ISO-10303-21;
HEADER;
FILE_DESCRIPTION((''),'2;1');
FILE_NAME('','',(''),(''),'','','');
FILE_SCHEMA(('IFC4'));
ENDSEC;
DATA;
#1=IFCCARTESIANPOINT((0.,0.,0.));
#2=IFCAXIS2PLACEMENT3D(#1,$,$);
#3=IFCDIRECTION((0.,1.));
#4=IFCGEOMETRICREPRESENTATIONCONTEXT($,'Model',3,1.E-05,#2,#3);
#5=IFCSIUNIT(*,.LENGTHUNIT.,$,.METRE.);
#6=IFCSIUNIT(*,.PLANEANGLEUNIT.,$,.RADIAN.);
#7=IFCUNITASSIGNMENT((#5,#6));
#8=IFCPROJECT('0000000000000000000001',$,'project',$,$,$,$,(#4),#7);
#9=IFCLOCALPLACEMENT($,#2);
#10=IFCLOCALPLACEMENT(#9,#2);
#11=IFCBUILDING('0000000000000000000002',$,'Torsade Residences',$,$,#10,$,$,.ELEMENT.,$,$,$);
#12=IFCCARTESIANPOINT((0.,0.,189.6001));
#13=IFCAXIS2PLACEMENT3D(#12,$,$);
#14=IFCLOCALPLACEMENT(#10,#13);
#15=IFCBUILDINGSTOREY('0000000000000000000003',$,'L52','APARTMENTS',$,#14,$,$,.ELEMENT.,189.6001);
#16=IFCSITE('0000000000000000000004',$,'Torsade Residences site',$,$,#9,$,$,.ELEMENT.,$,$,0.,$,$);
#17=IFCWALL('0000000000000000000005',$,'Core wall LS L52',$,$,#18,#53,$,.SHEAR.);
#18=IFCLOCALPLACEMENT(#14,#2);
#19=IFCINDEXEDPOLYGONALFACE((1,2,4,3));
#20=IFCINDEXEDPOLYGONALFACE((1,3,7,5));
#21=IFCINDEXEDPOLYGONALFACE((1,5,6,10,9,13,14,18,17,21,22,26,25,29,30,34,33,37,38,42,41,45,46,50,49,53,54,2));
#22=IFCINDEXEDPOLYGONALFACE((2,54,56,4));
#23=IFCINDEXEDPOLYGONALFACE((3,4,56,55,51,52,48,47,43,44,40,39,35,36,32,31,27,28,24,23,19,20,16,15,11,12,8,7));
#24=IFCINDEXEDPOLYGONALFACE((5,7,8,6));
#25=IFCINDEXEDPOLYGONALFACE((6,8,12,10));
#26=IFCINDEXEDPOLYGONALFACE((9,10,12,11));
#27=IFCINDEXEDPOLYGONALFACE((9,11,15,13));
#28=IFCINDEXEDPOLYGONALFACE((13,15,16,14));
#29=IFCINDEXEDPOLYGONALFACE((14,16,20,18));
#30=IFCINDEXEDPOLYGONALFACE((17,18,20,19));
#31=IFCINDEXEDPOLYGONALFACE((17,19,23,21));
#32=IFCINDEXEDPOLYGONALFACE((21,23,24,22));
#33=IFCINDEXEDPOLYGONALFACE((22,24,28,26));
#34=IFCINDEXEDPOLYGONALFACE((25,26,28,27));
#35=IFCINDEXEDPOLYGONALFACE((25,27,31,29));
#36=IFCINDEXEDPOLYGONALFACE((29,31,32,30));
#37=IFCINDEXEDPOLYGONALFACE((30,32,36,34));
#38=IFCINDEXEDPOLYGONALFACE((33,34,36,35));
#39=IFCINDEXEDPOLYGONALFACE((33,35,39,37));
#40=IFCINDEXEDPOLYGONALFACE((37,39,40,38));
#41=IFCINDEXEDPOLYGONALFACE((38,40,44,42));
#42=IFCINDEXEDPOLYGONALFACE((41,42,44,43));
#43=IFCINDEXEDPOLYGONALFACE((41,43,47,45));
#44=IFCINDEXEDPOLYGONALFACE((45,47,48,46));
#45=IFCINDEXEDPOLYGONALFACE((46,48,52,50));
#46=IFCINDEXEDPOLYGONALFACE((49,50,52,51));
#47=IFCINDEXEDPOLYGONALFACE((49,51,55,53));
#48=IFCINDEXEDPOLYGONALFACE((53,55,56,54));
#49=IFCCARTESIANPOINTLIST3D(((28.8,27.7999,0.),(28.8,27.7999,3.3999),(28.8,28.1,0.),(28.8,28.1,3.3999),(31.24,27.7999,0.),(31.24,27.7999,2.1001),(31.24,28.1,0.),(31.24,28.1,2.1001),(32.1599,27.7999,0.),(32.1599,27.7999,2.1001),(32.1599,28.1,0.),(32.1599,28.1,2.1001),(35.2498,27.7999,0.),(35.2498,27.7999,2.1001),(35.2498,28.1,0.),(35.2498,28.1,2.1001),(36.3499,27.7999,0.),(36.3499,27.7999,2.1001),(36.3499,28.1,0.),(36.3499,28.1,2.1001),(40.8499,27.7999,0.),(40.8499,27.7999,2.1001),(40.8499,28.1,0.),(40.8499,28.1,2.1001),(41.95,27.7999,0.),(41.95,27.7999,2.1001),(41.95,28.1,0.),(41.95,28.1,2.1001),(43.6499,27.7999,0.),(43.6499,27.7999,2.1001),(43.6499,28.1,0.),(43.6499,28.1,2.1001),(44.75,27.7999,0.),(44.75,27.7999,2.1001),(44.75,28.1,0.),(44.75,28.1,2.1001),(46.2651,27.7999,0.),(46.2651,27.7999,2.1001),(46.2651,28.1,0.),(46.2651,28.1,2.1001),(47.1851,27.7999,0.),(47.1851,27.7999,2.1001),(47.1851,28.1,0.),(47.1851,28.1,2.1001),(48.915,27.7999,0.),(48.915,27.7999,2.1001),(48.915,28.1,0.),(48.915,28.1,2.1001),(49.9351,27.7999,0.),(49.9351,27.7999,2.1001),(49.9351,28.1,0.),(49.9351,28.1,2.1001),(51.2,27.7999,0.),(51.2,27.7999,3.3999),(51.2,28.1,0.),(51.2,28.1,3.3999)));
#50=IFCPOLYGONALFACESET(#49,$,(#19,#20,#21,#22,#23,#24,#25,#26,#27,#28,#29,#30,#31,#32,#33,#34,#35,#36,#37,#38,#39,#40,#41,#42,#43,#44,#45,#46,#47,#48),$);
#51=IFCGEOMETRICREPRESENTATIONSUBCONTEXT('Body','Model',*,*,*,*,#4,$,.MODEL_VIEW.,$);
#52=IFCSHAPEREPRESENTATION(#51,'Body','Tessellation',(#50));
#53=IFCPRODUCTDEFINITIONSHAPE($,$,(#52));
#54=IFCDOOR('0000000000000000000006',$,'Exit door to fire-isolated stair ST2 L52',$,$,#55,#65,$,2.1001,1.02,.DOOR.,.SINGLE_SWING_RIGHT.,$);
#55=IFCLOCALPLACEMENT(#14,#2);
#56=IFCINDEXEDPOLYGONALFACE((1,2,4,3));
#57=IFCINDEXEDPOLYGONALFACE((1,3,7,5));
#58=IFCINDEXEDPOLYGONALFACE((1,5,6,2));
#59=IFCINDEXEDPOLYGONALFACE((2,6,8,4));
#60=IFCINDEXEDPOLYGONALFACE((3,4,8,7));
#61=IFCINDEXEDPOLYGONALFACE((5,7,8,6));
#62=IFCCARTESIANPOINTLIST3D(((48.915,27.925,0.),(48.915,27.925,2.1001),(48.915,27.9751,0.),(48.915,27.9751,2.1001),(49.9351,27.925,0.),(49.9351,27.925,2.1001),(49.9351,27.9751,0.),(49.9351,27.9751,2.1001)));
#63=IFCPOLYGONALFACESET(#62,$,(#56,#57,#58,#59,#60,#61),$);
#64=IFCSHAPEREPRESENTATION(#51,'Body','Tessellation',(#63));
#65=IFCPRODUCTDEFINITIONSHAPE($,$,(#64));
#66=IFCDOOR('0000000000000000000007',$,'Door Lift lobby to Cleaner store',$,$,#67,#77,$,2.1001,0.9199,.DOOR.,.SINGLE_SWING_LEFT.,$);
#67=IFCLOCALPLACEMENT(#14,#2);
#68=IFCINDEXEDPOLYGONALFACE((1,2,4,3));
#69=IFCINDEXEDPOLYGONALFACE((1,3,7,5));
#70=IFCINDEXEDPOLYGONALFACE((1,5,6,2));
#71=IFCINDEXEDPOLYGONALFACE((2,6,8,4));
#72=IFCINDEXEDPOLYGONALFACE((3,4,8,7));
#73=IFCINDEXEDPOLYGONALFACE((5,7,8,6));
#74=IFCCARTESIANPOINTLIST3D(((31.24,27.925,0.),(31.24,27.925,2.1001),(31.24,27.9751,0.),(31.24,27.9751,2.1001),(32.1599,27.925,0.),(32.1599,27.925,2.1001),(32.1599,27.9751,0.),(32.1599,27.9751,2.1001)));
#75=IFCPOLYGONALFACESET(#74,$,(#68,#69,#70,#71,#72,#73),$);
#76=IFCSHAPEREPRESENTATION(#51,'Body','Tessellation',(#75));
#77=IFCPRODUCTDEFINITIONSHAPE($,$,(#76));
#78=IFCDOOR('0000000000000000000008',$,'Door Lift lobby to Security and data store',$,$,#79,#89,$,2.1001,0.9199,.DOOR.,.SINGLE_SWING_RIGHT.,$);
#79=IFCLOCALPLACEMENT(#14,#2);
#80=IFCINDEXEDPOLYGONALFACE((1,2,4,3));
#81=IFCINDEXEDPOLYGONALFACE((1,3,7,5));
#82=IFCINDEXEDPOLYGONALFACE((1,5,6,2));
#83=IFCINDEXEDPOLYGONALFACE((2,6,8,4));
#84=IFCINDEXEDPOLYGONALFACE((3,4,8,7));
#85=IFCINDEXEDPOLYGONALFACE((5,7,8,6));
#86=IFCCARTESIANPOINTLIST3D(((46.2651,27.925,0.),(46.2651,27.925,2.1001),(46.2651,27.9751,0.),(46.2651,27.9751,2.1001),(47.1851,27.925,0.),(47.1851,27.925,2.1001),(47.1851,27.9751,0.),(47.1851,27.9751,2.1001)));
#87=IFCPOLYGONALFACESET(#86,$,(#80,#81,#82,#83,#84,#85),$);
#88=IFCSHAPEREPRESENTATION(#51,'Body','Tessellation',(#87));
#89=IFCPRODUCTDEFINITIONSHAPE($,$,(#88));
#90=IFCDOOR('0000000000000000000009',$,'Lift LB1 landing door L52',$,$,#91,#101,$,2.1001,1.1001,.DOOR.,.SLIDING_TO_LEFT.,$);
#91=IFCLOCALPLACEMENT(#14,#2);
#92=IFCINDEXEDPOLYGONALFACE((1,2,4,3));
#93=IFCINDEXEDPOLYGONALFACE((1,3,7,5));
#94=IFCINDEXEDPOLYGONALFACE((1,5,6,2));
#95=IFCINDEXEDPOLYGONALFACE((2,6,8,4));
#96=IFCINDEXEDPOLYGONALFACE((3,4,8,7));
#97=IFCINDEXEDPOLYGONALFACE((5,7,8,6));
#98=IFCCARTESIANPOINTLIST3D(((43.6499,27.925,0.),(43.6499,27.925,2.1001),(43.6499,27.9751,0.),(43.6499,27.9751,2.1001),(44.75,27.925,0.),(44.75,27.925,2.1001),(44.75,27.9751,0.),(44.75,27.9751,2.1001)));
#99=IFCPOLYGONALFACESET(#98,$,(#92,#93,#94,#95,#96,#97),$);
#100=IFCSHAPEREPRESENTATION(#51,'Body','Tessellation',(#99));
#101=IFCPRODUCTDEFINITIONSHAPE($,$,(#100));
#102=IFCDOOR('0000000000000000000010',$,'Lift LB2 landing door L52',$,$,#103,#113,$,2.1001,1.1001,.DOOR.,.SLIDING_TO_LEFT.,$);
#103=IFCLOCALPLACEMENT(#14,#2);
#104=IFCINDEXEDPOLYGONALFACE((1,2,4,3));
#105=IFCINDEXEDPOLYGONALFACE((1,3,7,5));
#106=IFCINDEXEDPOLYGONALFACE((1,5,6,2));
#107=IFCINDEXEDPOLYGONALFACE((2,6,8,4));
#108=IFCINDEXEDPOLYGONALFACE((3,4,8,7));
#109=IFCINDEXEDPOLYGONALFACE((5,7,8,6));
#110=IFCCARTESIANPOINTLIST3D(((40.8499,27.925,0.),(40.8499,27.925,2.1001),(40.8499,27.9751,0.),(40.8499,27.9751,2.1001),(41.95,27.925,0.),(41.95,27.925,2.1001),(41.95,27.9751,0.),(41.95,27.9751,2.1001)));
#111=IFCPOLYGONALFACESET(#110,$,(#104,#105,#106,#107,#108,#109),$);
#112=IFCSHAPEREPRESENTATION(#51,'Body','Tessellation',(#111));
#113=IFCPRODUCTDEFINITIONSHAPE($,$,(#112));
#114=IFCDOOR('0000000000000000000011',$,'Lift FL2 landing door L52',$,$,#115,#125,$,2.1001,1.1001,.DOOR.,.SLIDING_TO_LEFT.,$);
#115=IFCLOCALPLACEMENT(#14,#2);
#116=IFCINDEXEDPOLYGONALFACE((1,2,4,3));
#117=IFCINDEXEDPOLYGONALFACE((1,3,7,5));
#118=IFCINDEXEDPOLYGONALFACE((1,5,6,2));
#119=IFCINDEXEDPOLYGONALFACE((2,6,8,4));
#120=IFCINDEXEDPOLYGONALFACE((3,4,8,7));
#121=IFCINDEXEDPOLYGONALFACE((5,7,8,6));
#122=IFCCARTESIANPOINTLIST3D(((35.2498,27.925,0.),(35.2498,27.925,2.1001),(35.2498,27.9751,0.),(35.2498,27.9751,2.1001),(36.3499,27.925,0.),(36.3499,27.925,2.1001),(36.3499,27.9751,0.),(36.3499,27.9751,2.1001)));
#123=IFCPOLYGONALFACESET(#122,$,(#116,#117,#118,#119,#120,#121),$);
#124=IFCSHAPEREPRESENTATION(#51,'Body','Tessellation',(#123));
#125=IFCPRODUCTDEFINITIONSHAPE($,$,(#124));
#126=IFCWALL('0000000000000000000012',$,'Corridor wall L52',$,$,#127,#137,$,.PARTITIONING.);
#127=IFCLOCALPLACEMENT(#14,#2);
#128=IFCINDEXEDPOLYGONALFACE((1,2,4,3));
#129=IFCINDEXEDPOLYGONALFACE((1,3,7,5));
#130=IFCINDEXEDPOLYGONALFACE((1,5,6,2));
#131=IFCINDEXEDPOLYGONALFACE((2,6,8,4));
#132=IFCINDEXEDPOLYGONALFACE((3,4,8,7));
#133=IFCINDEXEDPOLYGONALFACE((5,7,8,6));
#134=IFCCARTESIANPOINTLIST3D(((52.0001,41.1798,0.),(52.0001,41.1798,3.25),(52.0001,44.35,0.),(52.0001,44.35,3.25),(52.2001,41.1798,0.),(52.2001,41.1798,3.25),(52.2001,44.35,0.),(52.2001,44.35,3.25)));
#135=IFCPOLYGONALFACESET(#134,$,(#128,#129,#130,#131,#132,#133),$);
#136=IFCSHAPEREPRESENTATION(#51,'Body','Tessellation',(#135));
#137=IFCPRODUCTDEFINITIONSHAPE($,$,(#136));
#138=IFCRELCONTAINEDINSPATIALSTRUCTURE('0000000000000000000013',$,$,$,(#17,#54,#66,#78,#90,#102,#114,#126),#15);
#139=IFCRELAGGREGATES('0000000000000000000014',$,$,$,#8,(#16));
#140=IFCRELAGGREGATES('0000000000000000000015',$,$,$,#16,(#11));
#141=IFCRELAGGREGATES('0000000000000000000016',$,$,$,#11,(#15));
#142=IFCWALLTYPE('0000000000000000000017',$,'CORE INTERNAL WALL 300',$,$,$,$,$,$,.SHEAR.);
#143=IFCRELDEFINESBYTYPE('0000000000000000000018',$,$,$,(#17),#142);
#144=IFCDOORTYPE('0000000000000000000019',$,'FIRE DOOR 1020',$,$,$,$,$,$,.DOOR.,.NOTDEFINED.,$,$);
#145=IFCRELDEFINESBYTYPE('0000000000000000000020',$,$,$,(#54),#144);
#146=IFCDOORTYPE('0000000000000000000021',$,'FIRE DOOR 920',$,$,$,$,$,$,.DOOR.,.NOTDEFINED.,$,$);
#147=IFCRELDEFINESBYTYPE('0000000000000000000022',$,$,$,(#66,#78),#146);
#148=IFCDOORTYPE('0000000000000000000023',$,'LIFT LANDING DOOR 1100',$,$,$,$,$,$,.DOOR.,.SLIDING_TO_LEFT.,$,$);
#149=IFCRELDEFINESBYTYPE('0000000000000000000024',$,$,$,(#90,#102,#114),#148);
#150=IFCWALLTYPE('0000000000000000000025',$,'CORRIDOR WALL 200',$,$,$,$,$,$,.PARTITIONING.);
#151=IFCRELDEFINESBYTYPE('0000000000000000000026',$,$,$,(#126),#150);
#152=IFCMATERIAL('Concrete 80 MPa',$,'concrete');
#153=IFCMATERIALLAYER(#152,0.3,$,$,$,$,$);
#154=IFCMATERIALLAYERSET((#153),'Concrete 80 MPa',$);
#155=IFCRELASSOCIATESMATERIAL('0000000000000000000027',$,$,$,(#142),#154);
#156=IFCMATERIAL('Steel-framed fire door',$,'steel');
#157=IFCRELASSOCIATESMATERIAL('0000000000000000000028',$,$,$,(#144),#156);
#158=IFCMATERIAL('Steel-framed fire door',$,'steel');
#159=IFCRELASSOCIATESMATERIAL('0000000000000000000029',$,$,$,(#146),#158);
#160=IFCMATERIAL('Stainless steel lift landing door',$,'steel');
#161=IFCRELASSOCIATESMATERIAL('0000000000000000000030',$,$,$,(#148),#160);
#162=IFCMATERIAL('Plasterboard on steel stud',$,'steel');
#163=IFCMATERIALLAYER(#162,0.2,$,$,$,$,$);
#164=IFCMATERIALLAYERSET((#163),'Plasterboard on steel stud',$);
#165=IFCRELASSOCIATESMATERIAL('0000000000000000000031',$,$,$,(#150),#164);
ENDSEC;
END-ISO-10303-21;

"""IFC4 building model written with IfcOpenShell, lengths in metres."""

from ifc_helpers import new_model, si_unit, direction, frame, frame_2d, origin, place, context, subcontext, project, spatial, rectangle, extrude, material, layer, layer_set, type_object, element, fill, save


model = new_model("IFC4")

# Units and contexts
model_context = context("Model", 3, precision=1e-05, world=origin(), true_north=direction((0.0, 1.0)))
body_context = subcontext(model_context, "Body", "Model", "MODEL_VIEW")
ifc_project = project(units=[si_unit("LENGTHUNIT", "METRE"), si_unit("PLANEANGLEUNIT", "RADIAN")], contexts=[model_context])

# Site, building, storey
site_placement = place(None, origin())
site = spatial("IfcSite", under=ifc_project, at=site_placement, Name="Torsade Residences site", CompositionType="ELEMENT", RefElevation=0.0)
building_placement = place(site_placement, origin())
building = spatial("IfcBuilding", under=site, at=building_placement, Name="Torsade Residences", CompositionType="ELEMENT")
storey_placement = place(building_placement, frame((0.0, 0.0, 189.6001)))
storey = spatial("IfcBuildingStorey", under=building, at=storey_placement, Name="L52", Description="APARTMENTS", CompositionType="ELEMENT", Elevation=189.6001)

# Wall, openings, doors
ifc_material_1 = material(Name="Concrete 80 MPa", Category="concrete")
ifc_layer_1 = layer(ifc_material_1, 0.3)
ifc_layer_set_1 = layer_set([ifc_layer_1], Name="Concrete 80 MPa")
wall_type_1 = type_object("IfcWallType", Name="CORE INTERNAL WALL 300", PredefinedType="SHEAR", material=ifc_layer_set_1)
wall_1_placement = place(storey_placement, frame((51.2, 27.95, 0.0), z_axis=(0.0, 0.0, 1.0), x_axis=(-1.0, 0.0, 0.0)))
wall_1 = element("IfcWall", 1, at=wall_1_placement, inside=storey, type_object=wall_type_1, Name="Core wall LS L52", PredefinedType="SHEAR", context=body_context, shape_type="SweptSolid", body=[
    extrude(rectangle(XDim=22.3999, YDim=0.3, at=frame_2d((11.2, 0.0))), origin(), (0.0, 0.0, 1.0), 3.3999),
])
opening_1_placement = place(wall_1_placement, frame((19.04, 0.0, 0.0)))
opening_1 = element("IfcOpeningElement", 2, at=opening_1_placement, cuts=wall_1, PredefinedType="OPENING", context=body_context, shape_type="SweptSolid", body=[
    extrude(rectangle(XDim=0.9199, YDim=2.1001, at=frame_2d((0.46, 1.05))), frame((0.0, 0.1599, 0.0), z_axis=(0.0, -1.0, 0.0), x_axis=(1.0, 0.0, 0.0)), (0.0, 0.0, 1.0), 0.3201),
])
opening_2_placement = place(wall_1_placement, frame((1.2649, 0.0, 0.0)))
opening_2 = element("IfcOpeningElement", 3, at=opening_2_placement, cuts=wall_1, PredefinedType="OPENING", context=body_context, shape_type="SweptSolid", body=[
    extrude(rectangle(XDim=1.02, YDim=2.1001, at=frame_2d((0.51, 1.05))), frame((0.0, 0.1599, 0.0), z_axis=(0.0, -1.0, 0.0), x_axis=(1.0, 0.0, 0.0)), (0.0, 0.0, 1.0), 0.3201),
])
opening_3_placement = place(wall_1_placement, frame((4.0149, 0.0, 0.0)))
opening_3 = element("IfcOpeningElement", 4, at=opening_3_placement, cuts=wall_1, PredefinedType="OPENING", context=body_context, shape_type="SweptSolid", body=[
    extrude(rectangle(XDim=0.9199, YDim=2.1001, at=frame_2d((0.46, 1.05))), frame((0.0, 0.1599, 0.0), z_axis=(0.0, -1.0, 0.0), x_axis=(1.0, 0.0, 0.0)), (0.0, 0.0, 1.0), 0.3201),
])
opening_4_placement = place(wall_1_placement, frame((6.45, 0.0, 0.0)))
opening_4 = element("IfcOpeningElement", 5, at=opening_4_placement, cuts=wall_1, PredefinedType="OPENING", context=body_context, shape_type="SweptSolid", body=[
    extrude(rectangle(XDim=1.1001, YDim=2.1001, at=frame_2d((0.55, 1.05))), frame((0.0, 0.1599, 0.0), z_axis=(0.0, -1.0, 0.0), x_axis=(1.0, 0.0, 0.0)), (0.0, 0.0, 1.0), 0.3201),
])
opening_5_placement = place(wall_1_placement, frame((9.25, 0.0, 0.0)))
opening_5 = element("IfcOpeningElement", 6, at=opening_5_placement, cuts=wall_1, PredefinedType="OPENING", context=body_context, shape_type="SweptSolid", body=[
    extrude(rectangle(XDim=1.1001, YDim=2.1001, at=frame_2d((0.55, 1.05))), frame((0.0, 0.1599, 0.0), z_axis=(0.0, -1.0, 0.0), x_axis=(1.0, 0.0, 0.0)), (0.0, 0.0, 1.0), 0.3201),
])
opening_6_placement = place(wall_1_placement, frame((14.8501, 0.0, 0.0)))
opening_6 = element("IfcOpeningElement", 7, at=opening_6_placement, cuts=wall_1, PredefinedType="OPENING", context=body_context, shape_type="SweptSolid", body=[
    extrude(rectangle(XDim=1.1001, YDim=2.1001, at=frame_2d((0.55, 1.05))), frame((0.0, 0.1599, 0.0), z_axis=(0.0, -1.0, 0.0), x_axis=(1.0, 0.0, 0.0)), (0.0, 0.0, 1.0), 0.3201),
])
ifc_material_2 = material(Name="Steel-framed fire door", Category="steel")
door_type_1 = type_object("IfcDoorType", Name="FIRE DOOR 1020", OperationType="NOTDEFINED", PredefinedType="DOOR", material=ifc_material_2)
door_1_placement = place(opening_2_placement, origin())
door_1 = element("IfcDoor", 8, at=door_1_placement, inside=storey, type_object=door_type_1, Name="Exit door to fire-isolated stair ST2 L52", OperationType="SINGLE_SWING_RIGHT", OverallHeight=2.1001, OverallWidth=1.02, PredefinedType="DOOR", context=body_context, shape_type="SweptSolid", body=[
    extrude(rectangle(XDim=1.02, YDim=2.1001, at=frame_2d((0.51, 1.05))), frame((0.0, 0.0249, 0.0), z_axis=(0.0, -1.0, 0.0), x_axis=(1.0, 0.0, 0.0)), (0.0, 0.0, 1.0), 0.05),
])
fill(opening_2, door_1)
ifc_material_3 = material(Name="Steel-framed fire door", Category="steel")
door_type_2 = type_object("IfcDoorType", Name="FIRE DOOR 920", OperationType="NOTDEFINED", PredefinedType="DOOR", material=ifc_material_3)
door_2_placement = place(opening_1_placement, origin())
door_2 = element("IfcDoor", 9, at=door_2_placement, inside=storey, type_object=door_type_2, Name="Door Lift lobby to Cleaner store", OperationType="SINGLE_SWING_LEFT", OverallHeight=2.1001, OverallWidth=0.9199, PredefinedType="DOOR", context=body_context, shape_type="SweptSolid", body=[
    extrude(rectangle(XDim=0.9199, YDim=2.1001, at=frame_2d((0.46, 1.05))), frame((0.0, 0.0249, 0.0), z_axis=(0.0, -1.0, 0.0), x_axis=(1.0, 0.0, 0.0)), (0.0, 0.0, 1.0), 0.05),
])
fill(opening_1, door_2)
door_3_placement = place(opening_3_placement, origin())
door_3 = element("IfcDoor", 10, at=door_3_placement, inside=storey, type_object=door_type_2, Name="Door Lift lobby to Security and data store", OperationType="SINGLE_SWING_RIGHT", OverallHeight=2.1001, OverallWidth=0.9199, PredefinedType="DOOR", context=body_context, shape_type="SweptSolid", body=[
    extrude(rectangle(XDim=0.9199, YDim=2.1001, at=frame_2d((0.46, 1.05))), frame((0.0, 0.0249, 0.0), z_axis=(0.0, -1.0, 0.0), x_axis=(1.0, 0.0, 0.0)), (0.0, 0.0, 1.0), 0.05),
])
fill(opening_3, door_3)
ifc_material_4 = material(Name="Stainless steel lift landing door", Category="steel")
door_type_3 = type_object("IfcDoorType", Name="LIFT LANDING DOOR 1100", OperationType="SLIDING_TO_LEFT", PredefinedType="DOOR", material=ifc_material_4)
door_4_placement = place(opening_4_placement, origin())
door_4 = element("IfcDoor", 11, at=door_4_placement, inside=storey, type_object=door_type_3, Name="Lift LB1 landing door L52", OperationType="SLIDING_TO_LEFT", OverallHeight=2.1001, OverallWidth=1.1001, PredefinedType="DOOR", context=body_context, shape_type="SweptSolid", body=[
    extrude(rectangle(XDim=1.1001, YDim=2.1001, at=frame_2d((0.55, 1.05))), frame((0.0, 0.0249, 0.0), z_axis=(0.0, -1.0, 0.0), x_axis=(1.0, 0.0, 0.0)), (0.0, 0.0, 1.0), 0.05),
])
fill(opening_4, door_4)
door_5_placement = place(opening_5_placement, origin())
door_5 = element("IfcDoor", 12, at=door_5_placement, inside=storey, type_object=door_type_3, Name="Lift LB2 landing door L52", OperationType="SLIDING_TO_LEFT", OverallHeight=2.1001, OverallWidth=1.1001, PredefinedType="DOOR", context=body_context, shape_type="SweptSolid", body=[
    extrude(rectangle(XDim=1.1001, YDim=2.1001, at=frame_2d((0.55, 1.05))), frame((0.0, 0.0249, 0.0), z_axis=(0.0, -1.0, 0.0), x_axis=(1.0, 0.0, 0.0)), (0.0, 0.0, 1.0), 0.05),
])
fill(opening_5, door_5)
door_6_placement = place(opening_6_placement, origin())
door_6 = element("IfcDoor", 13, at=door_6_placement, inside=storey, type_object=door_type_3, Name="Lift FL2 landing door L52", OperationType="SLIDING_TO_LEFT", OverallHeight=2.1001, OverallWidth=1.1001, PredefinedType="DOOR", context=body_context, shape_type="SweptSolid", body=[
    extrude(rectangle(XDim=1.1001, YDim=2.1001, at=frame_2d((0.55, 1.05))), frame((0.0, 0.0249, 0.0), z_axis=(0.0, -1.0, 0.0), x_axis=(1.0, 0.0, 0.0)), (0.0, 0.0, 1.0), 0.05),
])
fill(opening_6, door_6)

# Wall
ifc_material_5 = material(Name="Plasterboard on steel stud", Category="steel")
ifc_layer_2 = layer(ifc_material_5, 0.2)
ifc_layer_set_2 = layer_set([ifc_layer_2], Name="Plasterboard on steel stud")
wall_type_2 = type_object("IfcWallType", Name="CORRIDOR WALL 200", PredefinedType="PARTITIONING", material=ifc_layer_set_2)
wall_2_placement = place(storey_placement, frame((52.1001, 41.1799, 0.0), z_axis=(0.0, 0.0, 1.0), x_axis=(0.0, 1.0, 0.0)))
element("IfcWall", 14, at=wall_2_placement, inside=storey, type_object=wall_type_2, Name="Corridor wall L52", PredefinedType="PARTITIONING", context=body_context, shape_type="SweptSolid", body=[
    extrude(rectangle(XDim=3.1702, YDim=0.2, at=frame_2d((1.585, 0.0))), origin(), (0.0, 0.0, 1.0), 3.25),
])

save(model, "model.ifc")
